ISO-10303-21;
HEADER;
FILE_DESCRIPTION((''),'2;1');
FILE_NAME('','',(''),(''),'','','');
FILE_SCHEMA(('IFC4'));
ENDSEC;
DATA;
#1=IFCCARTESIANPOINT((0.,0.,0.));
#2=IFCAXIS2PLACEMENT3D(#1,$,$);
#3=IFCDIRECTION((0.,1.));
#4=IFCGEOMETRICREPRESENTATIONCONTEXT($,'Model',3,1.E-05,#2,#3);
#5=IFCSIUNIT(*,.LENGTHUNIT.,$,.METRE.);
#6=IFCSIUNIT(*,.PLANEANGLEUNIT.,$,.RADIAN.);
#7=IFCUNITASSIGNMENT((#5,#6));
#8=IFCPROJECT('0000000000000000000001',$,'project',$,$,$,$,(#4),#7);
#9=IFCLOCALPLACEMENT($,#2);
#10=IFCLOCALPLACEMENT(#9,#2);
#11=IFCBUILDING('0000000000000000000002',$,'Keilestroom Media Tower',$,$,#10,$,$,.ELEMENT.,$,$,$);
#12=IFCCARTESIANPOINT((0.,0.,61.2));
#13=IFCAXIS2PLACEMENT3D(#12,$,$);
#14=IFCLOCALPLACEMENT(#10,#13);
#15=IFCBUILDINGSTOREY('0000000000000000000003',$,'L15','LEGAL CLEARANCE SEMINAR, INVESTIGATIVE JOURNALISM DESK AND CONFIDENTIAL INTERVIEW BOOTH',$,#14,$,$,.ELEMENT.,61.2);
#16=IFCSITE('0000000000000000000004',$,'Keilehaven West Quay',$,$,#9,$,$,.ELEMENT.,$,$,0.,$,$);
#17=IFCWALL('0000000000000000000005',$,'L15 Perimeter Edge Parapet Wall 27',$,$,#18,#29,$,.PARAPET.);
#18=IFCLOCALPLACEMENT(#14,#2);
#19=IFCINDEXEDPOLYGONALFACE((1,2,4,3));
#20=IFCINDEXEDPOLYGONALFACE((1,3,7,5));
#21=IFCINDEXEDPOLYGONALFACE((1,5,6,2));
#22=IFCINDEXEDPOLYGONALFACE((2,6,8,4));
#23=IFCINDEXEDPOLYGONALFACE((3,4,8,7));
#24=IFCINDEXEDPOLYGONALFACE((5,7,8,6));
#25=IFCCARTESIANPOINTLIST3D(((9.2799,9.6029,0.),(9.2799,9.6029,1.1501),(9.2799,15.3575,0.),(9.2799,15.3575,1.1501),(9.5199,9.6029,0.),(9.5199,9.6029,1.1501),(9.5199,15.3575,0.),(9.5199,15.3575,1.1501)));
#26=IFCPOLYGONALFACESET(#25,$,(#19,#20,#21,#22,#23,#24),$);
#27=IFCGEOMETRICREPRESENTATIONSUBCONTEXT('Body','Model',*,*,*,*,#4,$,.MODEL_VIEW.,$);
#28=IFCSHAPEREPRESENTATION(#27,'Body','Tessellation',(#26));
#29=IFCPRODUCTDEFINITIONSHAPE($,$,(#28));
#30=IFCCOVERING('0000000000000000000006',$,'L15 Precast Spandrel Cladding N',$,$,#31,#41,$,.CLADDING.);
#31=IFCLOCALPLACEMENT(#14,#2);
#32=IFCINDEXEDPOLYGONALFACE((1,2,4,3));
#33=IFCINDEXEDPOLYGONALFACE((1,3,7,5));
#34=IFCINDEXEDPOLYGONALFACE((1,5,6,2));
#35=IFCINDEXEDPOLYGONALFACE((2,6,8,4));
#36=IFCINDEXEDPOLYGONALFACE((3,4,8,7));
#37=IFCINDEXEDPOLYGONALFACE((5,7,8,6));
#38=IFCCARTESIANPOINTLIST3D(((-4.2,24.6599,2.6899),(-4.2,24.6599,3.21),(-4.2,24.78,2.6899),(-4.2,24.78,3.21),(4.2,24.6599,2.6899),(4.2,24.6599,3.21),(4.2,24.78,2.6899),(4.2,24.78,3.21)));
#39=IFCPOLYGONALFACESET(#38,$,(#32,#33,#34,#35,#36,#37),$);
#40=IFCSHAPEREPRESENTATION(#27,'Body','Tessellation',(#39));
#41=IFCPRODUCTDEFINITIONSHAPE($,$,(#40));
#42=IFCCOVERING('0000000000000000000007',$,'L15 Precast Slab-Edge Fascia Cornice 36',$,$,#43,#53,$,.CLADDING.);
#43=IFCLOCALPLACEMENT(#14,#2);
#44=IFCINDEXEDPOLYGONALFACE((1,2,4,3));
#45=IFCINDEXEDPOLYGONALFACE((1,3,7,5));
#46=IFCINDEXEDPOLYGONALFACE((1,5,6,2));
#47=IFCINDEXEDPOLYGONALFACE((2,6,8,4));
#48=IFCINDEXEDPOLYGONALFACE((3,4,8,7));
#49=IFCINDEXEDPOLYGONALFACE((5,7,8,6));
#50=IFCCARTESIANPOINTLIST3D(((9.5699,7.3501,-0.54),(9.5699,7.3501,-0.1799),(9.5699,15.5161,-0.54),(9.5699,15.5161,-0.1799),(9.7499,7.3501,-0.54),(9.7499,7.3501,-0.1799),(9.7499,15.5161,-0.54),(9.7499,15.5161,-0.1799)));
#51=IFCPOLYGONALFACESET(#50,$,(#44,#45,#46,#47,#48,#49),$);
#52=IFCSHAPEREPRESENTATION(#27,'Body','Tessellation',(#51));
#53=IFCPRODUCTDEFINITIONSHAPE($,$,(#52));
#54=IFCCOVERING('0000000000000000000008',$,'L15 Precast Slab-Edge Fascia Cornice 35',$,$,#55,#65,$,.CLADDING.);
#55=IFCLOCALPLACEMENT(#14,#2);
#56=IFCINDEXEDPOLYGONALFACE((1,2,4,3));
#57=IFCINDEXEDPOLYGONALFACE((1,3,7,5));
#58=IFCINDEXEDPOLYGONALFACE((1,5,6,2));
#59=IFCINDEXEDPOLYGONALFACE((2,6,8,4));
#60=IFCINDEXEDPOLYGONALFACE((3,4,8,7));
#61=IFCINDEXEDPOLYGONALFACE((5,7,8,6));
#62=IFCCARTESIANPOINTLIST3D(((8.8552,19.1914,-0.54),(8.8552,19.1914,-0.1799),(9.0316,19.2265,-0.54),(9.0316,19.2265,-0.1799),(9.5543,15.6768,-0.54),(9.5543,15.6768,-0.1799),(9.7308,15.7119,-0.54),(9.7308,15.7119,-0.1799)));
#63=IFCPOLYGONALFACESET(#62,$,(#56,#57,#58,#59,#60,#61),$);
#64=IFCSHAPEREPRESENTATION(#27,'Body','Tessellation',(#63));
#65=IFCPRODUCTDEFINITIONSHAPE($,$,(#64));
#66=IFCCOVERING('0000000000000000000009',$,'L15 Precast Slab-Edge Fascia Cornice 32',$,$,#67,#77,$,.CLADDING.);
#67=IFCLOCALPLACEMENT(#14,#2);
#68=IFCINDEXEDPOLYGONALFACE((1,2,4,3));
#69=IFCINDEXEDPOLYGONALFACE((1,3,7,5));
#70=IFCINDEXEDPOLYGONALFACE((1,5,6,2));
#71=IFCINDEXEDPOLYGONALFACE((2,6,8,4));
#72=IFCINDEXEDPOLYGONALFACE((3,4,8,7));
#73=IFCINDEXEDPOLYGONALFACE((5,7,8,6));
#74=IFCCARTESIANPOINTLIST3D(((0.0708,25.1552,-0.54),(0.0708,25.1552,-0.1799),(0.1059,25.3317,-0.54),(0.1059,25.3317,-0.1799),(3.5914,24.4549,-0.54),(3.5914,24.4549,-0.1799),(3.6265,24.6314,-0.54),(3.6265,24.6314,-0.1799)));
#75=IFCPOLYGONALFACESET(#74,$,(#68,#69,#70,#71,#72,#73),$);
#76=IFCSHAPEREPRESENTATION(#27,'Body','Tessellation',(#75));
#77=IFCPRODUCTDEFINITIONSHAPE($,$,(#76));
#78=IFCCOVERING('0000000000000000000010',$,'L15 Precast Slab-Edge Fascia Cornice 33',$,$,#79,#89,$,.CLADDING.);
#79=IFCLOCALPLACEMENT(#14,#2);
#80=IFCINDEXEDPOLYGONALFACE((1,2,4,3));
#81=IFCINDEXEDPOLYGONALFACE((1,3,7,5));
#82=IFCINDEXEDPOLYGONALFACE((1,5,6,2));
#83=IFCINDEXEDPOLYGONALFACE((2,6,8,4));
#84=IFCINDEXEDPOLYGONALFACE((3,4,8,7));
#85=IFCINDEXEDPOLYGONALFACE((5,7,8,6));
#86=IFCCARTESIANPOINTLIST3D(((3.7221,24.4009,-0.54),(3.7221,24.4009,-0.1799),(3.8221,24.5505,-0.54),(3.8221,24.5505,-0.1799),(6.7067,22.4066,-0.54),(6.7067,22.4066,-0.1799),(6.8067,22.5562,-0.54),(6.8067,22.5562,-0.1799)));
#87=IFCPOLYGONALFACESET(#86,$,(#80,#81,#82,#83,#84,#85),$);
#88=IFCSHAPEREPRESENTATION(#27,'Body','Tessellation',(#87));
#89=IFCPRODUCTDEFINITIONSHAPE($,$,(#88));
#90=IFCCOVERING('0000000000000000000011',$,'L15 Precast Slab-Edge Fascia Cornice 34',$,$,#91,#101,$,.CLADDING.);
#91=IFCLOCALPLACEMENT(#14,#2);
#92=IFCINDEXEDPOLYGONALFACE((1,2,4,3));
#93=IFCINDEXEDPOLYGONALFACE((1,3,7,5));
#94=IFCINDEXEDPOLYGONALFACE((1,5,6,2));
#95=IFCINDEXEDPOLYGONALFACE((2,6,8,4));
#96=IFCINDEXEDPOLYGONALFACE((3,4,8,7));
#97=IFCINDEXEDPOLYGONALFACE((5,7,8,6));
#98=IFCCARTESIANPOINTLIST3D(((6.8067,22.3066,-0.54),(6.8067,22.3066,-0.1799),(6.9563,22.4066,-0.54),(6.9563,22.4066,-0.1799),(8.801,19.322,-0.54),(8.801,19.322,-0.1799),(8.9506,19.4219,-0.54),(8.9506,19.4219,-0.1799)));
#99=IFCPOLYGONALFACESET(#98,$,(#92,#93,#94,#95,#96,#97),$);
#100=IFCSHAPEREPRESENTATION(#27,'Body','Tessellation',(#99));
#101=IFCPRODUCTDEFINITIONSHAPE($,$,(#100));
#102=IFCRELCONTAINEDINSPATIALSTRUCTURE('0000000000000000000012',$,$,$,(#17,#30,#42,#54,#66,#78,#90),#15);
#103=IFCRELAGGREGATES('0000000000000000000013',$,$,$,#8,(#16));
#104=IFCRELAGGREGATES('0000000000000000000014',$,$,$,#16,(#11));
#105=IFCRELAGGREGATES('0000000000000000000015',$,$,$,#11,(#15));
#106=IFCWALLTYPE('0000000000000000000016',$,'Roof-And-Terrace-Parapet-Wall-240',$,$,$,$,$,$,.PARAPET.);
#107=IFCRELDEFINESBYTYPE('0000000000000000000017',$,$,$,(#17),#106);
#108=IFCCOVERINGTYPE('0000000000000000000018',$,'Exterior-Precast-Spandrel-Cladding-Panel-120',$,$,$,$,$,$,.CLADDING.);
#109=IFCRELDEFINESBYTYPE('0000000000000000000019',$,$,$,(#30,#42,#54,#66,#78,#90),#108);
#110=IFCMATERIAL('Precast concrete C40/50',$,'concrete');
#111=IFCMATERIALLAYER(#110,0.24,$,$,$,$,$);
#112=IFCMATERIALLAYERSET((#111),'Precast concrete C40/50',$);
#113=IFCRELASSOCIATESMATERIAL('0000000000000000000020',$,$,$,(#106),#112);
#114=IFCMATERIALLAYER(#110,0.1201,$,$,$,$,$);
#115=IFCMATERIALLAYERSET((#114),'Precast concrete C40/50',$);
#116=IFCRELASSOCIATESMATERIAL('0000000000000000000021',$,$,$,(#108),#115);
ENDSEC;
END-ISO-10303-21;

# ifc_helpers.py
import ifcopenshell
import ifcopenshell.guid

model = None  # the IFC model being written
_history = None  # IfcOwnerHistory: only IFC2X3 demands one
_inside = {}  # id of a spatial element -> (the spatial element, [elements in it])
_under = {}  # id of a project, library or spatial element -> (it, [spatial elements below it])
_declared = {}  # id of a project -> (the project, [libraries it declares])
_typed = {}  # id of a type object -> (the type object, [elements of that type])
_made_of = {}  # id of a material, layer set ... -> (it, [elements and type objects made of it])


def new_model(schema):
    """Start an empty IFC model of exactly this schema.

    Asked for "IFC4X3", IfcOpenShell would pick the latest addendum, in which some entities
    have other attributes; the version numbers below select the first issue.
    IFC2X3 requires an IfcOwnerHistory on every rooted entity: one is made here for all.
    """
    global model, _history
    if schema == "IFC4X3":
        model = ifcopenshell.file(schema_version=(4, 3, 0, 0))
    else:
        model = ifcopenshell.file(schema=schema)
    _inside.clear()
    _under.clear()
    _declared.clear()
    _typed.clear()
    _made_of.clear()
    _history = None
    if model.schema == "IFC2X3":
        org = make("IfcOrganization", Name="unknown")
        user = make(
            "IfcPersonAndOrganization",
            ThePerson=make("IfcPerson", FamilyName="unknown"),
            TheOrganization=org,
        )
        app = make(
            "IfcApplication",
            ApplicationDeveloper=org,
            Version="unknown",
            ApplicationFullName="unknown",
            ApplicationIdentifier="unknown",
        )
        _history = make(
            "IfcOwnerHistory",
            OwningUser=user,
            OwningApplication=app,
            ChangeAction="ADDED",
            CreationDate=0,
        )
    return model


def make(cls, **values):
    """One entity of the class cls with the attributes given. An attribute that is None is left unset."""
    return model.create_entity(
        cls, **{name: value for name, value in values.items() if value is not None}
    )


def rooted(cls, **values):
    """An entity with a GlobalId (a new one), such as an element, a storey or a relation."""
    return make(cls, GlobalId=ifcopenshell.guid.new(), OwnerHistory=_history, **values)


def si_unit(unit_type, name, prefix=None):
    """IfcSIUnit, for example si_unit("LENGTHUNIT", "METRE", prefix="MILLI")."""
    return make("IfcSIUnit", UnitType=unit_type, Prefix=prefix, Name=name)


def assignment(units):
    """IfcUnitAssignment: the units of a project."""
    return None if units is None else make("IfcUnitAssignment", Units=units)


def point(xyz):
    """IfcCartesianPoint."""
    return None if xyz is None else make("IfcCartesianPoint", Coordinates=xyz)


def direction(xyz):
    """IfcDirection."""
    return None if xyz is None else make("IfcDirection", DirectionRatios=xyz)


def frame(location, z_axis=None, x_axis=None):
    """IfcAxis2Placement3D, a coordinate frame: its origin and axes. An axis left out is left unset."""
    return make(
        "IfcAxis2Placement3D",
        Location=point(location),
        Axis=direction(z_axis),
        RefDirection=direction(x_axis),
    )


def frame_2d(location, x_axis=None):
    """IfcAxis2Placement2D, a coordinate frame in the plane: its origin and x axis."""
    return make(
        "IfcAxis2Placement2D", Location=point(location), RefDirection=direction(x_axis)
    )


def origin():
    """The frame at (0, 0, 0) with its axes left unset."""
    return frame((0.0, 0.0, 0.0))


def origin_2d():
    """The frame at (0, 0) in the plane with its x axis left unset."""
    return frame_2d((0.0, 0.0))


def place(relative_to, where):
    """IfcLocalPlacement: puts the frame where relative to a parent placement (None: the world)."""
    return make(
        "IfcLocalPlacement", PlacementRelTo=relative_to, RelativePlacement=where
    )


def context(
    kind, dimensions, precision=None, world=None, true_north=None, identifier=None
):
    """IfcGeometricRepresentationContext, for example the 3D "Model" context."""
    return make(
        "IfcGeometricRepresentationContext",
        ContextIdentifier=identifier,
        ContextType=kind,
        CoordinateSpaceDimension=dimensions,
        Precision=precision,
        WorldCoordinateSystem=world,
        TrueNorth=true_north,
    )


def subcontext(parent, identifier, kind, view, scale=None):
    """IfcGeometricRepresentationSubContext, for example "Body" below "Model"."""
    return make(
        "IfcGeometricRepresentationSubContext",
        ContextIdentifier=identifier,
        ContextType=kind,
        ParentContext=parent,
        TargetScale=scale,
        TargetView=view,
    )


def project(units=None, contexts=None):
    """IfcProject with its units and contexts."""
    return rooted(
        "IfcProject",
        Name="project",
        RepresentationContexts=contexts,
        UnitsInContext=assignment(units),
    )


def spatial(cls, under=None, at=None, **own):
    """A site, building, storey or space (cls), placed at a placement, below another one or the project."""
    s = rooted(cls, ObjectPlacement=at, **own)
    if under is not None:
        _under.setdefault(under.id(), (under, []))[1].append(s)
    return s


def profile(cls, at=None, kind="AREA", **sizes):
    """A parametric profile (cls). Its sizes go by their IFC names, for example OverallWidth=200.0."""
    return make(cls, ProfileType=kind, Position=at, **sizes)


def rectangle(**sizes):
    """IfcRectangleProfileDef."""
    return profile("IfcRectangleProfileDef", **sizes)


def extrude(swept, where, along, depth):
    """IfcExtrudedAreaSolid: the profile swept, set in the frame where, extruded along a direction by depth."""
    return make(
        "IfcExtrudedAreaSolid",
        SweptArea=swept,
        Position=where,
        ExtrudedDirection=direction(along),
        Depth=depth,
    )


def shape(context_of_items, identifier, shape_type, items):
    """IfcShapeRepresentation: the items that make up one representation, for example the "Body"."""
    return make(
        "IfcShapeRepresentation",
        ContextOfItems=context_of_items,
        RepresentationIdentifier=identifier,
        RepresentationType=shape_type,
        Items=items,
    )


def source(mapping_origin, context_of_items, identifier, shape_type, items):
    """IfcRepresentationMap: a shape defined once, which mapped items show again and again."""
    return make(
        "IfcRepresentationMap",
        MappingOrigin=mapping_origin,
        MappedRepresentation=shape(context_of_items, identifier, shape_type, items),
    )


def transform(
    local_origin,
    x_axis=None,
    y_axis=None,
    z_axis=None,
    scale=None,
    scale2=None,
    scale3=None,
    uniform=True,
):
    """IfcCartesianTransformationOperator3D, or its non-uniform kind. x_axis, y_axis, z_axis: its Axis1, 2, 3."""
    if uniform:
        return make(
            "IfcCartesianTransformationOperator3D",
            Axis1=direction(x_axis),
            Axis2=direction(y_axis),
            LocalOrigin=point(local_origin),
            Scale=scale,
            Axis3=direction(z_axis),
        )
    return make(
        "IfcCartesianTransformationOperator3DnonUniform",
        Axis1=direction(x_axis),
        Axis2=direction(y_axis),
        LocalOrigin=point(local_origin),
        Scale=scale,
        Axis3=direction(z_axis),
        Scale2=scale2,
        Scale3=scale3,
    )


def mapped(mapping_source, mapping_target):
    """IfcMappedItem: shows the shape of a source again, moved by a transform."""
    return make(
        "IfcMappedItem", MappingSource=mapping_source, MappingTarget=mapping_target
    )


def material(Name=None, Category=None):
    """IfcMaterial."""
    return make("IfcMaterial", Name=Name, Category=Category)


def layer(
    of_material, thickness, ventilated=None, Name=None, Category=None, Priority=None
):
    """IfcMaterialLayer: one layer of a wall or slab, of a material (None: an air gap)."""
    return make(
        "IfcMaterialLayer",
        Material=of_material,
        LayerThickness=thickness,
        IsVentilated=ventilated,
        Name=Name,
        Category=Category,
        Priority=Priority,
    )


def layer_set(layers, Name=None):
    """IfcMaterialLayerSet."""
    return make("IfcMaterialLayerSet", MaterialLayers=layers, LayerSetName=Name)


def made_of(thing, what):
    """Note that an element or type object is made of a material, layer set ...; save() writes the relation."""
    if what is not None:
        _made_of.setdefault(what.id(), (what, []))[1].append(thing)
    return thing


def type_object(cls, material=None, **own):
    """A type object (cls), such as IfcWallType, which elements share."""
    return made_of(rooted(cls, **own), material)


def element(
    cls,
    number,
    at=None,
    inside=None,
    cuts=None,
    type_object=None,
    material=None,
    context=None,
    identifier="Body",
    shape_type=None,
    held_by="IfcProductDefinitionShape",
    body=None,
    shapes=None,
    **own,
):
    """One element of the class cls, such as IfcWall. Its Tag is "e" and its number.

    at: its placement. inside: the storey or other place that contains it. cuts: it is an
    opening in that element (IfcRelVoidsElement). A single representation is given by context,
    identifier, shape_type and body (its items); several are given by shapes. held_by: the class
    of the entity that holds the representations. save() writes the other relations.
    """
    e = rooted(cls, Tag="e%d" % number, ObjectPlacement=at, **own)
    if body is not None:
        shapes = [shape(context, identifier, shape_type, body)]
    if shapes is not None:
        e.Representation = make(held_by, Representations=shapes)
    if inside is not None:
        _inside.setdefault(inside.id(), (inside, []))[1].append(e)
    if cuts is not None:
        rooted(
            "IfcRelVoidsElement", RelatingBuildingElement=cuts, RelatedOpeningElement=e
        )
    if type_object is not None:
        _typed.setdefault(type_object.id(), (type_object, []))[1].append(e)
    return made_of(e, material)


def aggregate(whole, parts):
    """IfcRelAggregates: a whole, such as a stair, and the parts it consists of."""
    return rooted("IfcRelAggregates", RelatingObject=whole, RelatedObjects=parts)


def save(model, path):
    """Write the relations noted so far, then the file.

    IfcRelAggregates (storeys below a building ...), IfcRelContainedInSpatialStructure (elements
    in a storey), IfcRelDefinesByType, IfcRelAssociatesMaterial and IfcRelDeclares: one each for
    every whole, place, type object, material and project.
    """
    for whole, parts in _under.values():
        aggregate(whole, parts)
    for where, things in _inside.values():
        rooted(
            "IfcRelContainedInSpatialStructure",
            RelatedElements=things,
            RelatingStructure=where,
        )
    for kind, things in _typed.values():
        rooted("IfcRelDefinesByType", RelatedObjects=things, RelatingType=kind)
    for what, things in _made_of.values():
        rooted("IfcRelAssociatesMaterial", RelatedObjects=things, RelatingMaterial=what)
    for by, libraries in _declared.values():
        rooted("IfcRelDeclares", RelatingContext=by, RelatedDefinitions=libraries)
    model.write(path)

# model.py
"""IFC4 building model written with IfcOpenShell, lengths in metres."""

from ifc_helpers import new_model, si_unit, direction, frame, frame_2d, origin, origin_2d, place, context, subcontext, project, spatial, rectangle, extrude, source, transform, mapped, material, layer, layer_set, type_object, element, save


model = new_model("IFC4")

# Units and contexts
model_context = context("Model", 3, precision=1e-05, world=origin(), true_north=direction((0.0, 1.0)))
body_context = subcontext(model_context, "Body", "Model", "MODEL_VIEW")
ifc_project = project(units=[si_unit("LENGTHUNIT", "METRE"), si_unit("PLANEANGLEUNIT", "RADIAN")], contexts=[model_context])

# Site, building, storey
site_placement = place(None, origin())
site = spatial("IfcSite", under=ifc_project, at=site_placement, Name="Keilehaven West Quay", CompositionType="ELEMENT", RefElevation=0.0)
building_placement = place(site_placement, origin())
building = spatial("IfcBuilding", under=site, at=building_placement, Name="Keilestroom Media Tower", CompositionType="ELEMENT")
storey_placement = place(building_placement, frame((0.0, 0.0, 61.2)))
storey = spatial("IfcBuildingStorey", under=building, at=storey_placement, Name="L15", Description="LEGAL CLEARANCE SEMINAR, INVESTIGATIVE JOURNALISM DESK AND CONFIDENTIAL INTERVIEW BOOTH", CompositionType="ELEMENT", Elevation=61.2)

# Wall
ifc_material_1 = material(Name="Precast concrete C40/50", Category="concrete")
ifc_layer_1 = layer(ifc_material_1, 0.24)
ifc_layer_set_1 = layer_set([ifc_layer_1], Name="Precast concrete C40/50")
wall_type_1 = type_object("IfcWallType", Name="Roof-And-Terrace-Parapet-Wall-240", PredefinedType="PARAPET", material=ifc_layer_set_1)
wall_1_placement = place(storey_placement, frame((9.3999, 15.3577, 0.0), z_axis=(0.0, 0.0, 1.0), x_axis=(0.0, -1.0, 0.0)))
element("IfcWall", 1, at=wall_1_placement, inside=storey, type_object=wall_type_1, Name="L15 Perimeter Edge Parapet Wall 27", PredefinedType="PARAPET", context=body_context, shape_type="SweptSolid", body=[
    extrude(rectangle(XDim=5.7546, YDim=0.24, at=frame_2d((2.8774, 0.0))), origin(), (0.0, 0.0, 1.0), 1.1501),
])

# Coverings
ifc_layer_2 = layer(ifc_material_1, 0.1201)
ifc_layer_set_2 = layer_set([ifc_layer_2], Name="Precast concrete C40/50")
covering_type = type_object("IfcCoveringType", Name="Exterior-Precast-Spandrel-Cladding-Panel-120", PredefinedType="CLADDING", material=ifc_layer_set_2)
shared_shape_1 = source(origin(), body_context, "Body", "SweptSolid", [
    extrude(rectangle(XDim=8.3999, YDim=0.1201, at=origin_2d()), origin(), (0.0, 0.0, 1.0), 0.52),
])
covering_1_placement = place(storey_placement, frame((0.0, 24.72, 2.6899), z_axis=(0.0, 0.0, 1.0), x_axis=(1.0, 0.0, 0.0)))
element("IfcCovering", 2, at=covering_1_placement, inside=storey, type_object=covering_type, Name="L15 Precast Spandrel Cladding N", PredefinedType="CLADDING", context=body_context, shape_type="MappedRepresentation", body=[
    mapped(shared_shape_1, transform((0.0, 0.0, 0.0), x_axis=(1.0, 0.0, 0.0), y_axis=(0.0, 1.0, 0.0), z_axis=(0.0, 0.0, 1.0), scale=1.0)),
])
shared_shape_2 = source(origin(), body_context, "Body", "SweptSolid", [
    extrude(rectangle(XDim=8.166, YDim=0.1799, at=origin_2d()), origin(), (0.0, 0.0, 1.0), 0.3601),
])
covering_2_placement = place(storey_placement, frame((9.6599, 11.4331, -0.54), z_axis=(0.0, 0.0, 1.0), x_axis=(0.0, -1.0, 0.0)))
element("IfcCovering", 3, at=covering_2_placement, inside=storey, type_object=covering_type, Name="L15 Precast Slab-Edge Fascia Cornice 36", PredefinedType="CLADDING", context=body_context, shape_type="MappedRepresentation", body=[
    mapped(shared_shape_2, transform((0.0, 0.0, 0.0), x_axis=(1.0, 0.0, 0.0), y_axis=(0.0, 1.0, 0.0), z_axis=(0.0, 0.0, 1.0), scale=1.0)),
])
shared_shape_3 = source(origin(), body_context, "Body", "SweptSolid", [
    extrude(rectangle(XDim=3.5835, YDim=0.1799, at=origin_2d()), origin(), (0.0, 0.0, 1.0), 0.3601),
])
covering_3_placement = place(storey_placement, frame((9.293, 17.4517, -0.54), z_axis=(0.0, 0.0, 1.0), x_axis=(0.195099, -0.980784, 0.0)))
element("IfcCovering", 4, at=covering_3_placement, inside=storey, type_object=covering_type, Name="L15 Precast Slab-Edge Fascia Cornice 35", PredefinedType="CLADDING", context=body_context, shape_type="MappedRepresentation", body=[
    mapped(shared_shape_3, transform((0.0, 0.0, 0.0), x_axis=(1.0, 0.0, 0.0), y_axis=(0.0, 1.0, 0.0), z_axis=(0.0, 0.0, 1.0), scale=1.0)),
])
shared_shape_4 = source(origin(), body_context, "Body", "SweptSolid", [
    extrude(rectangle(XDim=3.5896, YDim=0.1799, at=origin_2d()), origin(), (0.0, 0.0, 1.0), 0.3601),
])
for number, where, z_axis, x_axis, name in (
    (5, (1.8486, 24.8933, -0.54), (0.0, 0.0, 1.0), (0.980784, -0.195099, 0.0), "L15 Precast Slab-Edge Fascia Cornice 32"),
    (6, (5.2644, 23.4785, -0.54), (0.0, 0.0, 1.0), (0.831467, -0.555575, 0.0), "L15 Precast Slab-Edge Fascia Cornice 33"),
    (7, (7.8787, 20.8643, -0.54), (0.0, 0.0, 1.0), (0.555575, -0.831467, 0.0), "L15 Precast Slab-Edge Fascia Cornice 34"),
):
    element("IfcCovering", number, at=place(storey_placement, frame(where, z_axis=z_axis, x_axis=x_axis)), inside=storey, type_object=covering_type, Name=name, PredefinedType="CLADDING", context=body_context, shape_type="MappedRepresentation", body=[
        mapped(shared_shape_4, transform((0.0, 0.0, 0.0), x_axis=(1.0, 0.0, 0.0), y_axis=(0.0, 1.0, 0.0), z_axis=(0.0, 0.0, 1.0), scale=1.0)),
    ])

save(model, "model.ifc")
